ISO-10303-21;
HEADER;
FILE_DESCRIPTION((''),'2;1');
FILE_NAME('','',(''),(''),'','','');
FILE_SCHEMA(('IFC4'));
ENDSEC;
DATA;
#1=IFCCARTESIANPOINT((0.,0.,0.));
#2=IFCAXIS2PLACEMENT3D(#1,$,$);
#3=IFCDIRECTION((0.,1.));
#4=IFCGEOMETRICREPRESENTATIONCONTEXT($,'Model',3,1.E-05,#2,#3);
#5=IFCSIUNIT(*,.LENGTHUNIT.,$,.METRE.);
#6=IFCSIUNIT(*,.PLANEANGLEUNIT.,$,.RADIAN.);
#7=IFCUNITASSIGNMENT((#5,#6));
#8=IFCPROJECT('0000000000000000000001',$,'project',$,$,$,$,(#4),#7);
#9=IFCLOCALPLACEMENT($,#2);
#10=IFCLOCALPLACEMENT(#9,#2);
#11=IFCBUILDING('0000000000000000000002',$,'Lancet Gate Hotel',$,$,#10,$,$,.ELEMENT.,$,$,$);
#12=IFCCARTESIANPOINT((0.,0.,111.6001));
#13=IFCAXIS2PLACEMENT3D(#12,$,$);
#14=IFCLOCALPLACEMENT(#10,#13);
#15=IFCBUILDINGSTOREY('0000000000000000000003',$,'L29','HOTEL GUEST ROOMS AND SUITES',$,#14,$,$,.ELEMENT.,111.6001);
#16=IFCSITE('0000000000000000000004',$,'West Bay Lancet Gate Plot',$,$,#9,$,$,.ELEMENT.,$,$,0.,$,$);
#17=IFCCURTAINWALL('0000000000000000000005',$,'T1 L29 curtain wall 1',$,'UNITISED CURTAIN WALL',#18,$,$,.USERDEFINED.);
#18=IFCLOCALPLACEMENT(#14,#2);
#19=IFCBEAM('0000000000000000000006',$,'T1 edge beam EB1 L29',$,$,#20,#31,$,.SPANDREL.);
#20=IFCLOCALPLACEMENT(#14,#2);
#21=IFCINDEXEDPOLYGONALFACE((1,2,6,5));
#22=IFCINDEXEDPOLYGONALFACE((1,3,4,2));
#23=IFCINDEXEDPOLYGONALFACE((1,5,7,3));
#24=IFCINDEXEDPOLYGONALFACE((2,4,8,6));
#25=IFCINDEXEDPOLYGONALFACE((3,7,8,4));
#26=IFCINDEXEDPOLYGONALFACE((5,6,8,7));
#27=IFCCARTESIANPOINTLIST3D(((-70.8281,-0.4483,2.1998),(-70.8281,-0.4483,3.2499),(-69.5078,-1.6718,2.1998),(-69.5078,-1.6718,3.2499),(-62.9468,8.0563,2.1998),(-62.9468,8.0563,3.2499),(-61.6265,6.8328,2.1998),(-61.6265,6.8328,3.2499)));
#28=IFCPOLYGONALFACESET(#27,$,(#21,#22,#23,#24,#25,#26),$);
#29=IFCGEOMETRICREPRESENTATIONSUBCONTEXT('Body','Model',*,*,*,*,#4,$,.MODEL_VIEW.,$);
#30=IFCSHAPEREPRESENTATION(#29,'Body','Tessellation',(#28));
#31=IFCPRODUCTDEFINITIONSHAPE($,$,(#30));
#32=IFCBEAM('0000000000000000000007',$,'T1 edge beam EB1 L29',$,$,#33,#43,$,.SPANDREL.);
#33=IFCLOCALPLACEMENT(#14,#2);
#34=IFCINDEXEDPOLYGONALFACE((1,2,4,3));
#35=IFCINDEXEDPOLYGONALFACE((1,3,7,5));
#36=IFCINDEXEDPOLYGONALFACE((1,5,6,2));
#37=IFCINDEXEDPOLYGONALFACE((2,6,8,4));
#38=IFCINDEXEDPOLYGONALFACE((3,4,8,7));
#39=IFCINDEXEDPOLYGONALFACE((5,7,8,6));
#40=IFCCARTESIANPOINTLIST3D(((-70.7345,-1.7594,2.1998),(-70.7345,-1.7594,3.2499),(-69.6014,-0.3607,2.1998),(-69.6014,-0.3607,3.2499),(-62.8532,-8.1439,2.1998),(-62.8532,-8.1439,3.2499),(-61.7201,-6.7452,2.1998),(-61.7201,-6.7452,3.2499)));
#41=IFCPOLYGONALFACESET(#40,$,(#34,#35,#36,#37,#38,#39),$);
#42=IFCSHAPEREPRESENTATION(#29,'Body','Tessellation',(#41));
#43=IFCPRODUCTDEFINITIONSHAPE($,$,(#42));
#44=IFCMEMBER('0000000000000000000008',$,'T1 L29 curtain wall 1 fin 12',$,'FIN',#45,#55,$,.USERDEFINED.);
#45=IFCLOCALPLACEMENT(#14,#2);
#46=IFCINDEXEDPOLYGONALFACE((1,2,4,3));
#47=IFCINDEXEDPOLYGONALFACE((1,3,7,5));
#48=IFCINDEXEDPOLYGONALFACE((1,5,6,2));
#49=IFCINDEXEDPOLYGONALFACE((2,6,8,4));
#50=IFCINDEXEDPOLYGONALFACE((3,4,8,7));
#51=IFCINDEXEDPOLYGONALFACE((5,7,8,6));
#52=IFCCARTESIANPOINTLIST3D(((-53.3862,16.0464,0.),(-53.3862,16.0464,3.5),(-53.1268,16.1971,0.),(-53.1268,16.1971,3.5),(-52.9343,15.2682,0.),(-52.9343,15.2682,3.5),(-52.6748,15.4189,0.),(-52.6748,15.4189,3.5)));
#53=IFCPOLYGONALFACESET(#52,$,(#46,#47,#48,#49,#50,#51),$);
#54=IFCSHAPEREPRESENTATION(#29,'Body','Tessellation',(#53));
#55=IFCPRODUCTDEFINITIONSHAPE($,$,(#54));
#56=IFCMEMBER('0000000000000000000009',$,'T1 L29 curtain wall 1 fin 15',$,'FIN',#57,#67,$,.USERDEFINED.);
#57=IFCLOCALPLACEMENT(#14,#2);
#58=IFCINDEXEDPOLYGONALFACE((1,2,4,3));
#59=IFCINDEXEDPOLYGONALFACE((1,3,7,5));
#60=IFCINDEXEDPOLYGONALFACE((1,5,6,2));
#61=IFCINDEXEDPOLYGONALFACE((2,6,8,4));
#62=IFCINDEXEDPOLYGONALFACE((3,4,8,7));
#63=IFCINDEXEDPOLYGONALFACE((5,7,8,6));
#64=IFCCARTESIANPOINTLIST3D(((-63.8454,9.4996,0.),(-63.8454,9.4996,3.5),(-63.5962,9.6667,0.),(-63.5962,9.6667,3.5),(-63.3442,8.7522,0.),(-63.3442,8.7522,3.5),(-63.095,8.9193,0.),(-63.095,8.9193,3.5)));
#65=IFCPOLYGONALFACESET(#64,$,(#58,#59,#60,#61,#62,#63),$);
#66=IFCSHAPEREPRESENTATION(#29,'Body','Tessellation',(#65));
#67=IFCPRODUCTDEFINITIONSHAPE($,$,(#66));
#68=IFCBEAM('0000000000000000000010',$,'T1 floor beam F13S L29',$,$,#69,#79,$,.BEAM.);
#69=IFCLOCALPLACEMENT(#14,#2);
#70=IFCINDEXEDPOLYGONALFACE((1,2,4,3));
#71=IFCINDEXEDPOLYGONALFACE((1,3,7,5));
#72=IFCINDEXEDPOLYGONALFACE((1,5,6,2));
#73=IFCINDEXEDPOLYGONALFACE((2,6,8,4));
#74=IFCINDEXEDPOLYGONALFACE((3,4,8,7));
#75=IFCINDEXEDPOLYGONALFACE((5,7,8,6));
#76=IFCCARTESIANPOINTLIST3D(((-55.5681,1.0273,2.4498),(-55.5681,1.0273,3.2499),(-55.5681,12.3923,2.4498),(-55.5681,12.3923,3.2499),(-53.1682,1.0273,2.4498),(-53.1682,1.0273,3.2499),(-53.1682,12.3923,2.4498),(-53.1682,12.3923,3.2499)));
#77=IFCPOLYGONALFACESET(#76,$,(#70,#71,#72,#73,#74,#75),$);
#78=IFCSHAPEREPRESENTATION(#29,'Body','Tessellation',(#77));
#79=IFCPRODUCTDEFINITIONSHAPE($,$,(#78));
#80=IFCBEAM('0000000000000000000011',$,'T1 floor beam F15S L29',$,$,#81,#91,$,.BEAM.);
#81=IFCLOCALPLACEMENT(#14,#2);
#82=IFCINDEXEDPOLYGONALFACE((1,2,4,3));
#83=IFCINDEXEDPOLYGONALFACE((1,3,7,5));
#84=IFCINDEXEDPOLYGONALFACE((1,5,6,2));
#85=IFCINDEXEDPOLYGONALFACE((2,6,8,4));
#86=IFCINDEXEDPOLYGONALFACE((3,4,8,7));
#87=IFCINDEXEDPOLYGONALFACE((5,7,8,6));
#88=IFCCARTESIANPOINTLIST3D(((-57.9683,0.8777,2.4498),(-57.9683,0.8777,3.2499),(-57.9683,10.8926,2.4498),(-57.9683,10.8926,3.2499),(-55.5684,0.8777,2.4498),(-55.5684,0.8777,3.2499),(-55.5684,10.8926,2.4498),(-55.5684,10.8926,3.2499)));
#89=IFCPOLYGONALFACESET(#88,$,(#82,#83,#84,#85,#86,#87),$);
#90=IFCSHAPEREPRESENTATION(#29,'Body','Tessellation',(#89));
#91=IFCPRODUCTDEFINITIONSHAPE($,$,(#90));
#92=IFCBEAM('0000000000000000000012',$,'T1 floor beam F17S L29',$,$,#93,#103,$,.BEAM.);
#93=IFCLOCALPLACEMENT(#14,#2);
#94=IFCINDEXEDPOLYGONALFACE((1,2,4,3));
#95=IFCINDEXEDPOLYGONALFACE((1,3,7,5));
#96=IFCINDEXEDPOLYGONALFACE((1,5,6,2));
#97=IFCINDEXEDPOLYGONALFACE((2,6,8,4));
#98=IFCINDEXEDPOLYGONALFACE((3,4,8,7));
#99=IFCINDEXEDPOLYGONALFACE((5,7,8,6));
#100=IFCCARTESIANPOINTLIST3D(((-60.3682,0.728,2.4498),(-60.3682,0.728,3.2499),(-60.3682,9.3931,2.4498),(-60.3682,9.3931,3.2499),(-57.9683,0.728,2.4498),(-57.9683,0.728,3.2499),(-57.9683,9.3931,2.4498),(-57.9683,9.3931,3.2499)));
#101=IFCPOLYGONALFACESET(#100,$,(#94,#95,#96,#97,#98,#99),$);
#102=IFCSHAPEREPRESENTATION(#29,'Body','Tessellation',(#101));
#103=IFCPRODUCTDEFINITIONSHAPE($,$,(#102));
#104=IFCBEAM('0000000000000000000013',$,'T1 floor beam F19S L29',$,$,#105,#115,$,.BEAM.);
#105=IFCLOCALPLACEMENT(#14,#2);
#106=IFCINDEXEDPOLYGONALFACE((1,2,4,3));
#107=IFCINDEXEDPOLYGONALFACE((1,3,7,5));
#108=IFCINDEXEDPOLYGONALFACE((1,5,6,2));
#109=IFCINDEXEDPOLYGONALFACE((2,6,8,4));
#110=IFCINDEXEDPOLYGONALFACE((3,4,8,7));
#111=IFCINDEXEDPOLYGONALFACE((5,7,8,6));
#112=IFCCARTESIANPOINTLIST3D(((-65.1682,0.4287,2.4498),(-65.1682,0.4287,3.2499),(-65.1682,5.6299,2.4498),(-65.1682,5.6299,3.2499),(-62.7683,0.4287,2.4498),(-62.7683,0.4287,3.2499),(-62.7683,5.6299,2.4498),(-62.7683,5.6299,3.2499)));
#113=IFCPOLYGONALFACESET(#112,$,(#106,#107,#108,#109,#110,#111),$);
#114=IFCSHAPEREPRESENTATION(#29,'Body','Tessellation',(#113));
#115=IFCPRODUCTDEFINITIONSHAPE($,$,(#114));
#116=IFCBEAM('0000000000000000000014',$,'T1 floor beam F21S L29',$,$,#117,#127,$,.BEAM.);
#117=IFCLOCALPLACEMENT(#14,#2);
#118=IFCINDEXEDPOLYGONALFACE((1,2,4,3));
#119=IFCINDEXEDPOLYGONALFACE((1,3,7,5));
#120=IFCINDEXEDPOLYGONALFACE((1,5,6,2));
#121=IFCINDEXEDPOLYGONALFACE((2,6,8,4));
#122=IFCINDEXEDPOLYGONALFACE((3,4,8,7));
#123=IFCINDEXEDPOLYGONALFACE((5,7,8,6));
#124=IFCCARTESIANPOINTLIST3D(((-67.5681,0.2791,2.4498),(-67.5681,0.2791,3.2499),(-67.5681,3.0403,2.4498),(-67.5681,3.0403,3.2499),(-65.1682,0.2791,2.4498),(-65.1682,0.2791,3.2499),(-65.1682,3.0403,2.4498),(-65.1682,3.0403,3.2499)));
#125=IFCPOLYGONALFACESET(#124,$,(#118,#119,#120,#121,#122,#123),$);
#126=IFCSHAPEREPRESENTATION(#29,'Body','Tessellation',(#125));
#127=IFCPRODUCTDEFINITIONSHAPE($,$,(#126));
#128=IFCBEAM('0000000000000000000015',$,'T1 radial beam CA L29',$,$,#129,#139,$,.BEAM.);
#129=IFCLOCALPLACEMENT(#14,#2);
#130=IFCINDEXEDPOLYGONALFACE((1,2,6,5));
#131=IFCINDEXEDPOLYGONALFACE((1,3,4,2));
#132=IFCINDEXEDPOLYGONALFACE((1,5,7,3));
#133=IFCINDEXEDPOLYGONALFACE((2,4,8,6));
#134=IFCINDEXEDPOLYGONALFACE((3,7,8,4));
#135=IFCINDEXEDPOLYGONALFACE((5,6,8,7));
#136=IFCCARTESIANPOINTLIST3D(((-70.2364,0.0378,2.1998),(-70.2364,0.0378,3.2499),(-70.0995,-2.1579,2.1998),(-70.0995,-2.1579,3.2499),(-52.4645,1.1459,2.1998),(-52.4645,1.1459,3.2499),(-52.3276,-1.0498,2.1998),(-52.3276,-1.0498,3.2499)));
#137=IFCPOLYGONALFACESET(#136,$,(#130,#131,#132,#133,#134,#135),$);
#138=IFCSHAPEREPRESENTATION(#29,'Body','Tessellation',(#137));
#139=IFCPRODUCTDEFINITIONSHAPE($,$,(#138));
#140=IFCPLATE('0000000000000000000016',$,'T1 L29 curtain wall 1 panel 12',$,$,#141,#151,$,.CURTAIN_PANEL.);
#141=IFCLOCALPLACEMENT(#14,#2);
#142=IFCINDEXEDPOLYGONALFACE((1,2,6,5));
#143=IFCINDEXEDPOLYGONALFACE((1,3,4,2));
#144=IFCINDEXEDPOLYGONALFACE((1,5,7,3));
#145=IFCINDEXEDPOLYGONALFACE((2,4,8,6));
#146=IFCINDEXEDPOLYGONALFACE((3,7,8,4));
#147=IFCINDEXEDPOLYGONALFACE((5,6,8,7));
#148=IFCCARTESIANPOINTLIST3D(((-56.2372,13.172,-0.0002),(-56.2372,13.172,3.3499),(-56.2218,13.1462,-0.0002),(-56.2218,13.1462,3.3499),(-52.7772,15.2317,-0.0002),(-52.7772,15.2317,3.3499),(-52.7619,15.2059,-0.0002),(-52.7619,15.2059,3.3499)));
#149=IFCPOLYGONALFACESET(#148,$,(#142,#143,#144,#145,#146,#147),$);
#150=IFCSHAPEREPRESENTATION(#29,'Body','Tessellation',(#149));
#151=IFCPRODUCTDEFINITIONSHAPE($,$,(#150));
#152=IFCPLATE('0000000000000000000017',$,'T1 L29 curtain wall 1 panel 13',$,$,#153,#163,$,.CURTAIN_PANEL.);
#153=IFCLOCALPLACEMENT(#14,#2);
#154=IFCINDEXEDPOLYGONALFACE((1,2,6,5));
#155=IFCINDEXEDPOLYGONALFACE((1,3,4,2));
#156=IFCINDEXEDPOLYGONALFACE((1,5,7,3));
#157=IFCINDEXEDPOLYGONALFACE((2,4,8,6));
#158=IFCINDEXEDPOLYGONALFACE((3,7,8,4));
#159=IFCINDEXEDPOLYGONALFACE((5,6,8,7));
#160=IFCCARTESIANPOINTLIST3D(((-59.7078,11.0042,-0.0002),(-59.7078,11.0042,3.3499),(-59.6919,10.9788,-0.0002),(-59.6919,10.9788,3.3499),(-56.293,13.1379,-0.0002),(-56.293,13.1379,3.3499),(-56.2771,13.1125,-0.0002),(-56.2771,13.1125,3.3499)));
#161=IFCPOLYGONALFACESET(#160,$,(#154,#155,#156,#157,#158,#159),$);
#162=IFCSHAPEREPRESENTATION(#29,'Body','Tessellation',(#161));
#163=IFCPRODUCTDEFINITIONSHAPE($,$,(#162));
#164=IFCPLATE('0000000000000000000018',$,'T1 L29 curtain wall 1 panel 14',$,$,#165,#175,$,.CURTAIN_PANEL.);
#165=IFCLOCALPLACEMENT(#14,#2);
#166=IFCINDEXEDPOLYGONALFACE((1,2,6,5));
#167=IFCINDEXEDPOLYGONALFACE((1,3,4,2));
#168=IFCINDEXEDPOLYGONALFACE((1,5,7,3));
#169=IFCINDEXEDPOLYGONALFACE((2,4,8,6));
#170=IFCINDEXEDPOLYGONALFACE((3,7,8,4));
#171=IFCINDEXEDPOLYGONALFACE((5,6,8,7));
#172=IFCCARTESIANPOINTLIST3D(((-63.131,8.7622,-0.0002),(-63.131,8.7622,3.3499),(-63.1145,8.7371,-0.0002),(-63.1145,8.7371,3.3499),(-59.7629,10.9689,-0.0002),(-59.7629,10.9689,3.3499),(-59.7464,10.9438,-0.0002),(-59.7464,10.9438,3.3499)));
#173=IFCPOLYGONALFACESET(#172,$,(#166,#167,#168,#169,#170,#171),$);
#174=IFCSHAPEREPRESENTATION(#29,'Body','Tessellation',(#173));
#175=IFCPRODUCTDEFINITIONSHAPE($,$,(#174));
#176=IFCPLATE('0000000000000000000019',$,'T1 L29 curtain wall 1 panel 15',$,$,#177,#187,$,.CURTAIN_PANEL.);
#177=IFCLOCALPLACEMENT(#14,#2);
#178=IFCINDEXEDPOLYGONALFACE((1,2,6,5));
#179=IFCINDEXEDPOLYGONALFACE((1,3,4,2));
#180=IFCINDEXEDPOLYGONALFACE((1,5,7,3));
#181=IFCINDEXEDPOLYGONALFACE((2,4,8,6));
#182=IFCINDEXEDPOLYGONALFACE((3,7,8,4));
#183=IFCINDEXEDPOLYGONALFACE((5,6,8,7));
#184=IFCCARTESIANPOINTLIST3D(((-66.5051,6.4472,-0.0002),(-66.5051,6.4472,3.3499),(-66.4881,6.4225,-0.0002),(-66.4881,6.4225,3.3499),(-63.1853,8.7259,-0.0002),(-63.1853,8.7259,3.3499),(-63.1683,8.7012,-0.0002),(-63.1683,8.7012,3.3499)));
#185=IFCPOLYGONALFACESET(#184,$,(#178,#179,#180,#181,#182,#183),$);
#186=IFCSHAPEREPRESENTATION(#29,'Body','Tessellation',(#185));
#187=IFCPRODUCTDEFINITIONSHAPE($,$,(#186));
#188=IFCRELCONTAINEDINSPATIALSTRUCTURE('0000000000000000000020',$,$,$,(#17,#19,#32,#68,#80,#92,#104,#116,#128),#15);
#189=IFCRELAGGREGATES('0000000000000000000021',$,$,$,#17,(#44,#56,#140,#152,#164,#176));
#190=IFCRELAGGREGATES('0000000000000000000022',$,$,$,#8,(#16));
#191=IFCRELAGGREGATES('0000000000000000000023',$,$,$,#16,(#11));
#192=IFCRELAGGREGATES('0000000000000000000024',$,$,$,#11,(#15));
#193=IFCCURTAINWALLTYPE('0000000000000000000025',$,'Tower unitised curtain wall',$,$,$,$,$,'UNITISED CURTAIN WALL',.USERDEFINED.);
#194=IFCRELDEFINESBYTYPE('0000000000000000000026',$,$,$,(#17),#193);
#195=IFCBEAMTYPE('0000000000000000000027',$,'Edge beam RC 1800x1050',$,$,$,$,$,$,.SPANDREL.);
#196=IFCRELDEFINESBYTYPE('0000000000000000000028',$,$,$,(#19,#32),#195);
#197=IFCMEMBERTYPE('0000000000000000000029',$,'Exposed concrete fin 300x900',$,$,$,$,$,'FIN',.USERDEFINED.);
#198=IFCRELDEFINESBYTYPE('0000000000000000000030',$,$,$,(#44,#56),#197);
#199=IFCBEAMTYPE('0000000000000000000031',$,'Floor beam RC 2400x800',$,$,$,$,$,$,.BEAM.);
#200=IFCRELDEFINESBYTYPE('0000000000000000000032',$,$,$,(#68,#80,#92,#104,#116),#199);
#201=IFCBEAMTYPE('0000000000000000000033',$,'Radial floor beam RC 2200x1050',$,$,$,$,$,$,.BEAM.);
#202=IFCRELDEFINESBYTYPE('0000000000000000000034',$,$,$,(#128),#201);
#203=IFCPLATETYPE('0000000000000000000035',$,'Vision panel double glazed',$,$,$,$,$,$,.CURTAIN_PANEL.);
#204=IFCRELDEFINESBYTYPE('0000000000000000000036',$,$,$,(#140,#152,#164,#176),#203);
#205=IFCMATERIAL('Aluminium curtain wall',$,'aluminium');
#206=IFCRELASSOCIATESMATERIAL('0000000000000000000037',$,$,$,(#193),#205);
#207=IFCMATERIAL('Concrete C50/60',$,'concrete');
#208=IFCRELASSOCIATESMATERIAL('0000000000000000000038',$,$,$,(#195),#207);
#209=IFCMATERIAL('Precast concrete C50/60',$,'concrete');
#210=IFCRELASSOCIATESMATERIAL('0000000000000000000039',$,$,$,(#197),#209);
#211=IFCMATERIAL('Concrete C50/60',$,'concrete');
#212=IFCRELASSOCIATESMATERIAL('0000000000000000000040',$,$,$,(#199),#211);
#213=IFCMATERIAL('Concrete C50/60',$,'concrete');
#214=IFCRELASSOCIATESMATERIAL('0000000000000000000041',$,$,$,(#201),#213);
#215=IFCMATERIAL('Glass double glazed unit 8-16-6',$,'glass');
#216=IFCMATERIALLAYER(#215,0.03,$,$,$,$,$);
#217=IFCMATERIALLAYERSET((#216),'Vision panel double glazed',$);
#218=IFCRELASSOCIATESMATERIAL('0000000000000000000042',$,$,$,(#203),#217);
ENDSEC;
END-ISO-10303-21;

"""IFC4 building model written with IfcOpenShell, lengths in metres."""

from ifc_helpers import new_model, si_unit, direction, frame, origin, origin_2d, place, context, subcontext, project, spatial, rectangle, extrude, material, layer, layer_set, material_profile, profile_set, type_object, element, aggregate, save


model = new_model("IFC4")

# Units and contexts
model_context = context("Model", 3, precision=1e-05, world=origin(), true_north=direction((0.0, 1.0)))
body_context = subcontext(model_context, "Body", "Model", "MODEL_VIEW")
ifc_project = project(units=[si_unit("LENGTHUNIT", "METRE"), si_unit("PLANEANGLEUNIT", "RADIAN")], contexts=[model_context])

# Site, building, storey
site_placement = place(None, origin())
site = spatial("IfcSite", under=ifc_project, at=site_placement, Name="West Bay Lancet Gate Plot", CompositionType="ELEMENT", RefElevation=0.0)
building_placement = place(site_placement, origin())
building = spatial("IfcBuilding", under=site, at=building_placement, Name="Lancet Gate Hotel", CompositionType="ELEMENT")
storey_placement = place(building_placement, frame((0.0, 0.0, 111.6001)))
storey = spatial("IfcBuildingStorey", under=building, at=storey_placement, Name="L29", Description="HOTEL GUEST ROOMS AND SUITES", CompositionType="ELEMENT", Elevation=111.6001)

# Curtain wall
ifc_material_1 = material(Name="Aluminium curtain wall", Category="aluminium")
curtain_wall_type = type_object("IfcCurtainWallType", Name="Tower unitised curtain wall", ElementType="UNITISED CURTAIN WALL", PredefinedType="USERDEFINED", material=ifc_material_1)
curtain_wall_placement = place(storey_placement, origin())
curtain_wall = element("IfcCurtainWall", 1, at=curtain_wall_placement, inside=storey, type_object=curtain_wall_type, Name="T1 L29 curtain wall 1", ObjectType="UNITISED CURTAIN WALL", PredefinedType="USERDEFINED")

# Beams
ifc_material_2 = material(Name="Concrete C50/60", Category="concrete")
ifc_material_profile_1 = material_profile(ifc_material_2, rectangle(XDim=1.8, YDim=1.05, at=origin_2d()), Name="RC 1800x1050")
ifc_profile_set_1 = profile_set([ifc_material_profile_1], Name="Concrete C50/60")
beam_type_1 = type_object("IfcBeamType", Name="Edge beam RC 1800x1050", PredefinedType="SPANDREL", material=ifc_profile_set_1)
beam_1_placement = place(storey_placement, frame((-62.2866, 7.4446, 2.7249), z_axis=(-0.679718, -0.733473, 0.0), x_axis=(0.733473, -0.679718, 0.0)))
element("IfcBeam", 2, at=beam_1_placement, inside=storey, type_object=beam_type_1, Name="T1 edge beam EB1 L29", PredefinedType="SPANDREL", context=body_context, shape_type="SweptSolid", body=[
    extrude(rectangle(XDim=1.8, YDim=1.05, at=origin_2d()), origin(), (0.0, 0.0, 1.0), 11.595),
])
beam_2_placement = place(storey_placement, frame((-70.168, -1.0601, 2.7249), z_axis=(0.777034, -0.629459, 0.0), x_axis=(0.629459, 0.777034, 0.0)))
element("IfcBeam", 3, at=beam_2_placement, inside=storey, type_object=beam_type_1, Name="T1 edge beam EB1 L29", PredefinedType="SPANDREL", context=body_context, shape_type="SweptSolid", body=[
    extrude(rectangle(XDim=1.8, YDim=1.05, at=origin_2d()), origin(), (0.0, 0.0, 1.0), 10.1428),
])

# Members
ifc_material_3 = material(Name="Precast concrete C50/60", Category="concrete")
ifc_material_profile_2 = material_profile(ifc_material_3, rectangle(XDim=0.3, YDim=0.8999, at=origin_2d()), Name="FIN 300x900")
ifc_profile_set_2 = profile_set([ifc_material_profile_2], Name="Precast concrete C50/60")
member_type_1 = type_object("IfcMemberType", Name="Exposed concrete fin 300x900", ElementType="FIN", PredefinedType="USERDEFINED", material=ifc_profile_set_2)
member_1_placement = place(storey_placement, frame((-53.0305, 15.7327, 0.0), z_axis=(0.0, 0.0, 1.0), x_axis=(-0.864728, -0.502241, 0.0)))
member_1 = element("IfcMember", 4, at=member_1_placement, type_object=member_type_1, Name="T1 L29 curtain wall 1 fin 12", ObjectType="FIN", PredefinedType="USERDEFINED", context=body_context, shape_type="SweptSolid", body=[
    extrude(rectangle(XDim=0.3, YDim=0.8999, at=origin_2d()), origin(), (0.0, 0.0, 1.0), 3.5),
])
member_2_placement = place(storey_placement, frame((-63.4702, 9.2095, 0.0), z_axis=(0.0, 0.0, 1.0), x_axis=(-0.83051, -0.557004, 0.0)))
member_2 = element("IfcMember", 5, at=member_2_placement, type_object=member_type_1, Name="T1 L29 curtain wall 1 fin 15", ObjectType="FIN", PredefinedType="USERDEFINED", context=body_context, shape_type="SweptSolid", body=[
    extrude(rectangle(XDim=0.3, YDim=0.8999, at=origin_2d()), origin(), (0.0, 0.0, 1.0), 3.5),
])

# Beams
ifc_material_4 = material(Name="Concrete C50/60", Category="concrete")
ifc_material_profile_3 = material_profile(ifc_material_4, rectangle(XDim=2.3999, YDim=0.8, at=origin_2d()), Name="RC 2400x800")
ifc_profile_set_3 = profile_set([ifc_material_profile_3], Name="Concrete C50/60")
beam_type_2 = type_object("IfcBeamType", Name="Floor beam RC 2400x800", PredefinedType="BEAM", material=ifc_profile_set_3)
beam_3_placement = place(storey_placement, frame((-54.3682, 12.3923, 2.8499), z_axis=(0.0, -1.0, 0.0), x_axis=(1.0, 0.0, 0.0)))
element("IfcBeam", 6, at=beam_3_placement, inside=storey, type_object=beam_type_2, Name="T1 floor beam F13S L29", PredefinedType="BEAM", context=body_context, shape_type="SweptSolid", body=[
    extrude(rectangle(XDim=2.3999, YDim=0.8, at=origin_2d()), origin(), (0.0, 0.0, 1.0), 11.365),
])
beam_4_placement = place(storey_placement, frame((-56.7683, 10.8926, 2.8499), z_axis=(0.0, -1.0, 0.0), x_axis=(1.0, 0.0, 0.0)))
element("IfcBeam", 7, at=beam_4_placement, inside=storey, type_object=beam_type_2, Name="T1 floor beam F15S L29", PredefinedType="BEAM", context=body_context, shape_type="SweptSolid", body=[
    extrude(rectangle(XDim=2.3999, YDim=0.8, at=origin_2d()), origin(), (0.0, 0.0, 1.0), 10.0149),
])
beam_5_placement = place(storey_placement, frame((-59.1682, 9.3931, 2.8499), z_axis=(0.0, -1.0, 0.0), x_axis=(1.0, 0.0, 0.0)))
element("IfcBeam", 8, at=beam_5_placement, inside=storey, type_object=beam_type_2, Name="T1 floor beam F17S L29", PredefinedType="BEAM", context=body_context, shape_type="SweptSolid", body=[
    extrude(rectangle(XDim=2.3999, YDim=0.8, at=origin_2d()), origin(), (0.0, 0.0, 1.0), 8.665),
])
beam_6_placement = place(storey_placement, frame((-63.9683, 5.6299, 2.8499), z_axis=(0.0, -1.0, 0.0), x_axis=(1.0, 0.0, 0.0)))
element("IfcBeam", 9, at=beam_6_placement, inside=storey, type_object=beam_type_2, Name="T1 floor beam F19S L29", PredefinedType="BEAM", context=body_context, shape_type="SweptSolid", body=[
    extrude(rectangle(XDim=2.3999, YDim=0.8, at=origin_2d()), origin(), (0.0, 0.0, 1.0), 5.2012),
])
beam_7_placement = place(storey_placement, frame((-66.3682, 3.0403, 2.8499), z_axis=(0.0, -1.0, 0.0), x_axis=(1.0, 0.0, 0.0)))
element("IfcBeam", 10, at=beam_7_placement, inside=storey, type_object=beam_type_2, Name="T1 floor beam F21S L29", PredefinedType="BEAM", context=body_context, shape_type="SweptSolid", body=[
    extrude(rectangle(XDim=2.3999, YDim=0.8, at=origin_2d()), origin(), (0.0, 0.0, 1.0), 2.7612),
])
ifc_material_5 = material(Name="Concrete C50/60", Category="concrete")
ifc_material_profile_4 = material_profile(ifc_material_5, rectangle(XDim=2.2, YDim=1.05, at=origin_2d()), Name="RC 2200x1050")
ifc_profile_set_4 = profile_set([ifc_material_profile_4], Name="Concrete C50/60")
beam_type_3 = type_object("IfcBeamType", Name="Radial floor beam RC 2200x1050", PredefinedType="BEAM", material=ifc_profile_set_4)
beam_8_placement = place(storey_placement, frame((-70.168, -1.0601, 2.7249), z_axis=(0.998062, 0.062233, 0.0), x_axis=(-0.062233, 0.998062, 0.0)))
element("IfcBeam", 11, at=beam_8_placement, inside=storey, type_object=beam_type_3, Name="T1 radial beam CA L29", PredefinedType="BEAM", context=body_context, shape_type="SweptSolid", body=[
    extrude(rectangle(XDim=2.2, YDim=1.05, at=origin_2d()), origin(), (0.0, 0.0, 1.0), 17.8064),
])

# Plates
ifc_material_6 = material(Name="Glass double glazed unit 8-16-6", Category="glass")
ifc_layer = layer(ifc_material_6, 0.03)
ifc_layer_set = layer_set([ifc_layer], Name="Vision panel double glazed")
plate_type = type_object("IfcPlateType", Name="Vision panel double glazed", PredefinedType="CURTAIN_PANEL", material=ifc_layer_set)
plate_1_placement = place(storey_placement, frame((-54.4995, 14.189, -0.0002), z_axis=(0.0, 0.0, 1.0), x_axis=(-0.859271, -0.51152, 0.0)))
plate_1 = element("IfcPlate", 12, at=plate_1_placement, type_object=plate_type, Name="T1 L29 curtain wall 1 panel 12", PredefinedType="CURTAIN_PANEL", context=body_context, shape_type="SweptSolid", body=[
    extrude(rectangle(XDim=4.0266, YDim=0.03, at=origin_2d()), origin(), (0.0, 0.0, 1.0), 3.3501),
])
plate_2_placement = place(storey_placement, frame((-57.9924, 12.0583, -0.0002), z_axis=(0.0, 0.0, 1.0), x_axis=(-0.848061, -0.529899, 0.0)))
plate_2 = element("IfcPlate", 13, at=plate_2_placement, type_object=plate_type, Name="T1 L29 curtain wall 1 panel 13", PredefinedType="CURTAIN_PANEL", context=body_context, shape_type="SweptSolid", body=[
    extrude(rectangle(XDim=4.0266, YDim=0.03, at=origin_2d()), origin(), (0.0, 0.0, 1.0), 3.3501),
])
plate_3_placement = place(storey_placement, frame((-61.4387, 9.853, -0.0002), z_axis=(0.0, 0.0, 1.0), x_axis=(-0.836458, -0.548032, 0.0)))
plate_3 = element("IfcPlate", 14, at=plate_3_placement, type_object=plate_type, Name="T1 L29 curtain wall 1 panel 14", PredefinedType="CURTAIN_PANEL", context=body_context, shape_type="SweptSolid", body=[
    extrude(rectangle(XDim=4.0266, YDim=0.03, at=origin_2d()), origin(), (0.0, 0.0, 1.0), 3.3501),
])
plate_4_placement = place(storey_placement, frame((-64.8367, 7.5742, -0.0002), z_axis=(0.0, 0.0, 1.0), x_axis=(-0.824466, -0.565911, 0.0)))
plate_4 = element("IfcPlate", 15, at=plate_4_placement, type_object=plate_type, Name="T1 L29 curtain wall 1 panel 15", PredefinedType="CURTAIN_PANEL", context=body_context, shape_type="SweptSolid", body=[
    extrude(rectangle(XDim=4.0266, YDim=0.03, at=origin_2d()), origin(), (0.0, 0.0, 1.0), 3.3501),
])
aggregate(curtain_wall, [member_1, member_2, plate_1, plate_2, plate_3, plate_4])

save(model, "model.ifc")
